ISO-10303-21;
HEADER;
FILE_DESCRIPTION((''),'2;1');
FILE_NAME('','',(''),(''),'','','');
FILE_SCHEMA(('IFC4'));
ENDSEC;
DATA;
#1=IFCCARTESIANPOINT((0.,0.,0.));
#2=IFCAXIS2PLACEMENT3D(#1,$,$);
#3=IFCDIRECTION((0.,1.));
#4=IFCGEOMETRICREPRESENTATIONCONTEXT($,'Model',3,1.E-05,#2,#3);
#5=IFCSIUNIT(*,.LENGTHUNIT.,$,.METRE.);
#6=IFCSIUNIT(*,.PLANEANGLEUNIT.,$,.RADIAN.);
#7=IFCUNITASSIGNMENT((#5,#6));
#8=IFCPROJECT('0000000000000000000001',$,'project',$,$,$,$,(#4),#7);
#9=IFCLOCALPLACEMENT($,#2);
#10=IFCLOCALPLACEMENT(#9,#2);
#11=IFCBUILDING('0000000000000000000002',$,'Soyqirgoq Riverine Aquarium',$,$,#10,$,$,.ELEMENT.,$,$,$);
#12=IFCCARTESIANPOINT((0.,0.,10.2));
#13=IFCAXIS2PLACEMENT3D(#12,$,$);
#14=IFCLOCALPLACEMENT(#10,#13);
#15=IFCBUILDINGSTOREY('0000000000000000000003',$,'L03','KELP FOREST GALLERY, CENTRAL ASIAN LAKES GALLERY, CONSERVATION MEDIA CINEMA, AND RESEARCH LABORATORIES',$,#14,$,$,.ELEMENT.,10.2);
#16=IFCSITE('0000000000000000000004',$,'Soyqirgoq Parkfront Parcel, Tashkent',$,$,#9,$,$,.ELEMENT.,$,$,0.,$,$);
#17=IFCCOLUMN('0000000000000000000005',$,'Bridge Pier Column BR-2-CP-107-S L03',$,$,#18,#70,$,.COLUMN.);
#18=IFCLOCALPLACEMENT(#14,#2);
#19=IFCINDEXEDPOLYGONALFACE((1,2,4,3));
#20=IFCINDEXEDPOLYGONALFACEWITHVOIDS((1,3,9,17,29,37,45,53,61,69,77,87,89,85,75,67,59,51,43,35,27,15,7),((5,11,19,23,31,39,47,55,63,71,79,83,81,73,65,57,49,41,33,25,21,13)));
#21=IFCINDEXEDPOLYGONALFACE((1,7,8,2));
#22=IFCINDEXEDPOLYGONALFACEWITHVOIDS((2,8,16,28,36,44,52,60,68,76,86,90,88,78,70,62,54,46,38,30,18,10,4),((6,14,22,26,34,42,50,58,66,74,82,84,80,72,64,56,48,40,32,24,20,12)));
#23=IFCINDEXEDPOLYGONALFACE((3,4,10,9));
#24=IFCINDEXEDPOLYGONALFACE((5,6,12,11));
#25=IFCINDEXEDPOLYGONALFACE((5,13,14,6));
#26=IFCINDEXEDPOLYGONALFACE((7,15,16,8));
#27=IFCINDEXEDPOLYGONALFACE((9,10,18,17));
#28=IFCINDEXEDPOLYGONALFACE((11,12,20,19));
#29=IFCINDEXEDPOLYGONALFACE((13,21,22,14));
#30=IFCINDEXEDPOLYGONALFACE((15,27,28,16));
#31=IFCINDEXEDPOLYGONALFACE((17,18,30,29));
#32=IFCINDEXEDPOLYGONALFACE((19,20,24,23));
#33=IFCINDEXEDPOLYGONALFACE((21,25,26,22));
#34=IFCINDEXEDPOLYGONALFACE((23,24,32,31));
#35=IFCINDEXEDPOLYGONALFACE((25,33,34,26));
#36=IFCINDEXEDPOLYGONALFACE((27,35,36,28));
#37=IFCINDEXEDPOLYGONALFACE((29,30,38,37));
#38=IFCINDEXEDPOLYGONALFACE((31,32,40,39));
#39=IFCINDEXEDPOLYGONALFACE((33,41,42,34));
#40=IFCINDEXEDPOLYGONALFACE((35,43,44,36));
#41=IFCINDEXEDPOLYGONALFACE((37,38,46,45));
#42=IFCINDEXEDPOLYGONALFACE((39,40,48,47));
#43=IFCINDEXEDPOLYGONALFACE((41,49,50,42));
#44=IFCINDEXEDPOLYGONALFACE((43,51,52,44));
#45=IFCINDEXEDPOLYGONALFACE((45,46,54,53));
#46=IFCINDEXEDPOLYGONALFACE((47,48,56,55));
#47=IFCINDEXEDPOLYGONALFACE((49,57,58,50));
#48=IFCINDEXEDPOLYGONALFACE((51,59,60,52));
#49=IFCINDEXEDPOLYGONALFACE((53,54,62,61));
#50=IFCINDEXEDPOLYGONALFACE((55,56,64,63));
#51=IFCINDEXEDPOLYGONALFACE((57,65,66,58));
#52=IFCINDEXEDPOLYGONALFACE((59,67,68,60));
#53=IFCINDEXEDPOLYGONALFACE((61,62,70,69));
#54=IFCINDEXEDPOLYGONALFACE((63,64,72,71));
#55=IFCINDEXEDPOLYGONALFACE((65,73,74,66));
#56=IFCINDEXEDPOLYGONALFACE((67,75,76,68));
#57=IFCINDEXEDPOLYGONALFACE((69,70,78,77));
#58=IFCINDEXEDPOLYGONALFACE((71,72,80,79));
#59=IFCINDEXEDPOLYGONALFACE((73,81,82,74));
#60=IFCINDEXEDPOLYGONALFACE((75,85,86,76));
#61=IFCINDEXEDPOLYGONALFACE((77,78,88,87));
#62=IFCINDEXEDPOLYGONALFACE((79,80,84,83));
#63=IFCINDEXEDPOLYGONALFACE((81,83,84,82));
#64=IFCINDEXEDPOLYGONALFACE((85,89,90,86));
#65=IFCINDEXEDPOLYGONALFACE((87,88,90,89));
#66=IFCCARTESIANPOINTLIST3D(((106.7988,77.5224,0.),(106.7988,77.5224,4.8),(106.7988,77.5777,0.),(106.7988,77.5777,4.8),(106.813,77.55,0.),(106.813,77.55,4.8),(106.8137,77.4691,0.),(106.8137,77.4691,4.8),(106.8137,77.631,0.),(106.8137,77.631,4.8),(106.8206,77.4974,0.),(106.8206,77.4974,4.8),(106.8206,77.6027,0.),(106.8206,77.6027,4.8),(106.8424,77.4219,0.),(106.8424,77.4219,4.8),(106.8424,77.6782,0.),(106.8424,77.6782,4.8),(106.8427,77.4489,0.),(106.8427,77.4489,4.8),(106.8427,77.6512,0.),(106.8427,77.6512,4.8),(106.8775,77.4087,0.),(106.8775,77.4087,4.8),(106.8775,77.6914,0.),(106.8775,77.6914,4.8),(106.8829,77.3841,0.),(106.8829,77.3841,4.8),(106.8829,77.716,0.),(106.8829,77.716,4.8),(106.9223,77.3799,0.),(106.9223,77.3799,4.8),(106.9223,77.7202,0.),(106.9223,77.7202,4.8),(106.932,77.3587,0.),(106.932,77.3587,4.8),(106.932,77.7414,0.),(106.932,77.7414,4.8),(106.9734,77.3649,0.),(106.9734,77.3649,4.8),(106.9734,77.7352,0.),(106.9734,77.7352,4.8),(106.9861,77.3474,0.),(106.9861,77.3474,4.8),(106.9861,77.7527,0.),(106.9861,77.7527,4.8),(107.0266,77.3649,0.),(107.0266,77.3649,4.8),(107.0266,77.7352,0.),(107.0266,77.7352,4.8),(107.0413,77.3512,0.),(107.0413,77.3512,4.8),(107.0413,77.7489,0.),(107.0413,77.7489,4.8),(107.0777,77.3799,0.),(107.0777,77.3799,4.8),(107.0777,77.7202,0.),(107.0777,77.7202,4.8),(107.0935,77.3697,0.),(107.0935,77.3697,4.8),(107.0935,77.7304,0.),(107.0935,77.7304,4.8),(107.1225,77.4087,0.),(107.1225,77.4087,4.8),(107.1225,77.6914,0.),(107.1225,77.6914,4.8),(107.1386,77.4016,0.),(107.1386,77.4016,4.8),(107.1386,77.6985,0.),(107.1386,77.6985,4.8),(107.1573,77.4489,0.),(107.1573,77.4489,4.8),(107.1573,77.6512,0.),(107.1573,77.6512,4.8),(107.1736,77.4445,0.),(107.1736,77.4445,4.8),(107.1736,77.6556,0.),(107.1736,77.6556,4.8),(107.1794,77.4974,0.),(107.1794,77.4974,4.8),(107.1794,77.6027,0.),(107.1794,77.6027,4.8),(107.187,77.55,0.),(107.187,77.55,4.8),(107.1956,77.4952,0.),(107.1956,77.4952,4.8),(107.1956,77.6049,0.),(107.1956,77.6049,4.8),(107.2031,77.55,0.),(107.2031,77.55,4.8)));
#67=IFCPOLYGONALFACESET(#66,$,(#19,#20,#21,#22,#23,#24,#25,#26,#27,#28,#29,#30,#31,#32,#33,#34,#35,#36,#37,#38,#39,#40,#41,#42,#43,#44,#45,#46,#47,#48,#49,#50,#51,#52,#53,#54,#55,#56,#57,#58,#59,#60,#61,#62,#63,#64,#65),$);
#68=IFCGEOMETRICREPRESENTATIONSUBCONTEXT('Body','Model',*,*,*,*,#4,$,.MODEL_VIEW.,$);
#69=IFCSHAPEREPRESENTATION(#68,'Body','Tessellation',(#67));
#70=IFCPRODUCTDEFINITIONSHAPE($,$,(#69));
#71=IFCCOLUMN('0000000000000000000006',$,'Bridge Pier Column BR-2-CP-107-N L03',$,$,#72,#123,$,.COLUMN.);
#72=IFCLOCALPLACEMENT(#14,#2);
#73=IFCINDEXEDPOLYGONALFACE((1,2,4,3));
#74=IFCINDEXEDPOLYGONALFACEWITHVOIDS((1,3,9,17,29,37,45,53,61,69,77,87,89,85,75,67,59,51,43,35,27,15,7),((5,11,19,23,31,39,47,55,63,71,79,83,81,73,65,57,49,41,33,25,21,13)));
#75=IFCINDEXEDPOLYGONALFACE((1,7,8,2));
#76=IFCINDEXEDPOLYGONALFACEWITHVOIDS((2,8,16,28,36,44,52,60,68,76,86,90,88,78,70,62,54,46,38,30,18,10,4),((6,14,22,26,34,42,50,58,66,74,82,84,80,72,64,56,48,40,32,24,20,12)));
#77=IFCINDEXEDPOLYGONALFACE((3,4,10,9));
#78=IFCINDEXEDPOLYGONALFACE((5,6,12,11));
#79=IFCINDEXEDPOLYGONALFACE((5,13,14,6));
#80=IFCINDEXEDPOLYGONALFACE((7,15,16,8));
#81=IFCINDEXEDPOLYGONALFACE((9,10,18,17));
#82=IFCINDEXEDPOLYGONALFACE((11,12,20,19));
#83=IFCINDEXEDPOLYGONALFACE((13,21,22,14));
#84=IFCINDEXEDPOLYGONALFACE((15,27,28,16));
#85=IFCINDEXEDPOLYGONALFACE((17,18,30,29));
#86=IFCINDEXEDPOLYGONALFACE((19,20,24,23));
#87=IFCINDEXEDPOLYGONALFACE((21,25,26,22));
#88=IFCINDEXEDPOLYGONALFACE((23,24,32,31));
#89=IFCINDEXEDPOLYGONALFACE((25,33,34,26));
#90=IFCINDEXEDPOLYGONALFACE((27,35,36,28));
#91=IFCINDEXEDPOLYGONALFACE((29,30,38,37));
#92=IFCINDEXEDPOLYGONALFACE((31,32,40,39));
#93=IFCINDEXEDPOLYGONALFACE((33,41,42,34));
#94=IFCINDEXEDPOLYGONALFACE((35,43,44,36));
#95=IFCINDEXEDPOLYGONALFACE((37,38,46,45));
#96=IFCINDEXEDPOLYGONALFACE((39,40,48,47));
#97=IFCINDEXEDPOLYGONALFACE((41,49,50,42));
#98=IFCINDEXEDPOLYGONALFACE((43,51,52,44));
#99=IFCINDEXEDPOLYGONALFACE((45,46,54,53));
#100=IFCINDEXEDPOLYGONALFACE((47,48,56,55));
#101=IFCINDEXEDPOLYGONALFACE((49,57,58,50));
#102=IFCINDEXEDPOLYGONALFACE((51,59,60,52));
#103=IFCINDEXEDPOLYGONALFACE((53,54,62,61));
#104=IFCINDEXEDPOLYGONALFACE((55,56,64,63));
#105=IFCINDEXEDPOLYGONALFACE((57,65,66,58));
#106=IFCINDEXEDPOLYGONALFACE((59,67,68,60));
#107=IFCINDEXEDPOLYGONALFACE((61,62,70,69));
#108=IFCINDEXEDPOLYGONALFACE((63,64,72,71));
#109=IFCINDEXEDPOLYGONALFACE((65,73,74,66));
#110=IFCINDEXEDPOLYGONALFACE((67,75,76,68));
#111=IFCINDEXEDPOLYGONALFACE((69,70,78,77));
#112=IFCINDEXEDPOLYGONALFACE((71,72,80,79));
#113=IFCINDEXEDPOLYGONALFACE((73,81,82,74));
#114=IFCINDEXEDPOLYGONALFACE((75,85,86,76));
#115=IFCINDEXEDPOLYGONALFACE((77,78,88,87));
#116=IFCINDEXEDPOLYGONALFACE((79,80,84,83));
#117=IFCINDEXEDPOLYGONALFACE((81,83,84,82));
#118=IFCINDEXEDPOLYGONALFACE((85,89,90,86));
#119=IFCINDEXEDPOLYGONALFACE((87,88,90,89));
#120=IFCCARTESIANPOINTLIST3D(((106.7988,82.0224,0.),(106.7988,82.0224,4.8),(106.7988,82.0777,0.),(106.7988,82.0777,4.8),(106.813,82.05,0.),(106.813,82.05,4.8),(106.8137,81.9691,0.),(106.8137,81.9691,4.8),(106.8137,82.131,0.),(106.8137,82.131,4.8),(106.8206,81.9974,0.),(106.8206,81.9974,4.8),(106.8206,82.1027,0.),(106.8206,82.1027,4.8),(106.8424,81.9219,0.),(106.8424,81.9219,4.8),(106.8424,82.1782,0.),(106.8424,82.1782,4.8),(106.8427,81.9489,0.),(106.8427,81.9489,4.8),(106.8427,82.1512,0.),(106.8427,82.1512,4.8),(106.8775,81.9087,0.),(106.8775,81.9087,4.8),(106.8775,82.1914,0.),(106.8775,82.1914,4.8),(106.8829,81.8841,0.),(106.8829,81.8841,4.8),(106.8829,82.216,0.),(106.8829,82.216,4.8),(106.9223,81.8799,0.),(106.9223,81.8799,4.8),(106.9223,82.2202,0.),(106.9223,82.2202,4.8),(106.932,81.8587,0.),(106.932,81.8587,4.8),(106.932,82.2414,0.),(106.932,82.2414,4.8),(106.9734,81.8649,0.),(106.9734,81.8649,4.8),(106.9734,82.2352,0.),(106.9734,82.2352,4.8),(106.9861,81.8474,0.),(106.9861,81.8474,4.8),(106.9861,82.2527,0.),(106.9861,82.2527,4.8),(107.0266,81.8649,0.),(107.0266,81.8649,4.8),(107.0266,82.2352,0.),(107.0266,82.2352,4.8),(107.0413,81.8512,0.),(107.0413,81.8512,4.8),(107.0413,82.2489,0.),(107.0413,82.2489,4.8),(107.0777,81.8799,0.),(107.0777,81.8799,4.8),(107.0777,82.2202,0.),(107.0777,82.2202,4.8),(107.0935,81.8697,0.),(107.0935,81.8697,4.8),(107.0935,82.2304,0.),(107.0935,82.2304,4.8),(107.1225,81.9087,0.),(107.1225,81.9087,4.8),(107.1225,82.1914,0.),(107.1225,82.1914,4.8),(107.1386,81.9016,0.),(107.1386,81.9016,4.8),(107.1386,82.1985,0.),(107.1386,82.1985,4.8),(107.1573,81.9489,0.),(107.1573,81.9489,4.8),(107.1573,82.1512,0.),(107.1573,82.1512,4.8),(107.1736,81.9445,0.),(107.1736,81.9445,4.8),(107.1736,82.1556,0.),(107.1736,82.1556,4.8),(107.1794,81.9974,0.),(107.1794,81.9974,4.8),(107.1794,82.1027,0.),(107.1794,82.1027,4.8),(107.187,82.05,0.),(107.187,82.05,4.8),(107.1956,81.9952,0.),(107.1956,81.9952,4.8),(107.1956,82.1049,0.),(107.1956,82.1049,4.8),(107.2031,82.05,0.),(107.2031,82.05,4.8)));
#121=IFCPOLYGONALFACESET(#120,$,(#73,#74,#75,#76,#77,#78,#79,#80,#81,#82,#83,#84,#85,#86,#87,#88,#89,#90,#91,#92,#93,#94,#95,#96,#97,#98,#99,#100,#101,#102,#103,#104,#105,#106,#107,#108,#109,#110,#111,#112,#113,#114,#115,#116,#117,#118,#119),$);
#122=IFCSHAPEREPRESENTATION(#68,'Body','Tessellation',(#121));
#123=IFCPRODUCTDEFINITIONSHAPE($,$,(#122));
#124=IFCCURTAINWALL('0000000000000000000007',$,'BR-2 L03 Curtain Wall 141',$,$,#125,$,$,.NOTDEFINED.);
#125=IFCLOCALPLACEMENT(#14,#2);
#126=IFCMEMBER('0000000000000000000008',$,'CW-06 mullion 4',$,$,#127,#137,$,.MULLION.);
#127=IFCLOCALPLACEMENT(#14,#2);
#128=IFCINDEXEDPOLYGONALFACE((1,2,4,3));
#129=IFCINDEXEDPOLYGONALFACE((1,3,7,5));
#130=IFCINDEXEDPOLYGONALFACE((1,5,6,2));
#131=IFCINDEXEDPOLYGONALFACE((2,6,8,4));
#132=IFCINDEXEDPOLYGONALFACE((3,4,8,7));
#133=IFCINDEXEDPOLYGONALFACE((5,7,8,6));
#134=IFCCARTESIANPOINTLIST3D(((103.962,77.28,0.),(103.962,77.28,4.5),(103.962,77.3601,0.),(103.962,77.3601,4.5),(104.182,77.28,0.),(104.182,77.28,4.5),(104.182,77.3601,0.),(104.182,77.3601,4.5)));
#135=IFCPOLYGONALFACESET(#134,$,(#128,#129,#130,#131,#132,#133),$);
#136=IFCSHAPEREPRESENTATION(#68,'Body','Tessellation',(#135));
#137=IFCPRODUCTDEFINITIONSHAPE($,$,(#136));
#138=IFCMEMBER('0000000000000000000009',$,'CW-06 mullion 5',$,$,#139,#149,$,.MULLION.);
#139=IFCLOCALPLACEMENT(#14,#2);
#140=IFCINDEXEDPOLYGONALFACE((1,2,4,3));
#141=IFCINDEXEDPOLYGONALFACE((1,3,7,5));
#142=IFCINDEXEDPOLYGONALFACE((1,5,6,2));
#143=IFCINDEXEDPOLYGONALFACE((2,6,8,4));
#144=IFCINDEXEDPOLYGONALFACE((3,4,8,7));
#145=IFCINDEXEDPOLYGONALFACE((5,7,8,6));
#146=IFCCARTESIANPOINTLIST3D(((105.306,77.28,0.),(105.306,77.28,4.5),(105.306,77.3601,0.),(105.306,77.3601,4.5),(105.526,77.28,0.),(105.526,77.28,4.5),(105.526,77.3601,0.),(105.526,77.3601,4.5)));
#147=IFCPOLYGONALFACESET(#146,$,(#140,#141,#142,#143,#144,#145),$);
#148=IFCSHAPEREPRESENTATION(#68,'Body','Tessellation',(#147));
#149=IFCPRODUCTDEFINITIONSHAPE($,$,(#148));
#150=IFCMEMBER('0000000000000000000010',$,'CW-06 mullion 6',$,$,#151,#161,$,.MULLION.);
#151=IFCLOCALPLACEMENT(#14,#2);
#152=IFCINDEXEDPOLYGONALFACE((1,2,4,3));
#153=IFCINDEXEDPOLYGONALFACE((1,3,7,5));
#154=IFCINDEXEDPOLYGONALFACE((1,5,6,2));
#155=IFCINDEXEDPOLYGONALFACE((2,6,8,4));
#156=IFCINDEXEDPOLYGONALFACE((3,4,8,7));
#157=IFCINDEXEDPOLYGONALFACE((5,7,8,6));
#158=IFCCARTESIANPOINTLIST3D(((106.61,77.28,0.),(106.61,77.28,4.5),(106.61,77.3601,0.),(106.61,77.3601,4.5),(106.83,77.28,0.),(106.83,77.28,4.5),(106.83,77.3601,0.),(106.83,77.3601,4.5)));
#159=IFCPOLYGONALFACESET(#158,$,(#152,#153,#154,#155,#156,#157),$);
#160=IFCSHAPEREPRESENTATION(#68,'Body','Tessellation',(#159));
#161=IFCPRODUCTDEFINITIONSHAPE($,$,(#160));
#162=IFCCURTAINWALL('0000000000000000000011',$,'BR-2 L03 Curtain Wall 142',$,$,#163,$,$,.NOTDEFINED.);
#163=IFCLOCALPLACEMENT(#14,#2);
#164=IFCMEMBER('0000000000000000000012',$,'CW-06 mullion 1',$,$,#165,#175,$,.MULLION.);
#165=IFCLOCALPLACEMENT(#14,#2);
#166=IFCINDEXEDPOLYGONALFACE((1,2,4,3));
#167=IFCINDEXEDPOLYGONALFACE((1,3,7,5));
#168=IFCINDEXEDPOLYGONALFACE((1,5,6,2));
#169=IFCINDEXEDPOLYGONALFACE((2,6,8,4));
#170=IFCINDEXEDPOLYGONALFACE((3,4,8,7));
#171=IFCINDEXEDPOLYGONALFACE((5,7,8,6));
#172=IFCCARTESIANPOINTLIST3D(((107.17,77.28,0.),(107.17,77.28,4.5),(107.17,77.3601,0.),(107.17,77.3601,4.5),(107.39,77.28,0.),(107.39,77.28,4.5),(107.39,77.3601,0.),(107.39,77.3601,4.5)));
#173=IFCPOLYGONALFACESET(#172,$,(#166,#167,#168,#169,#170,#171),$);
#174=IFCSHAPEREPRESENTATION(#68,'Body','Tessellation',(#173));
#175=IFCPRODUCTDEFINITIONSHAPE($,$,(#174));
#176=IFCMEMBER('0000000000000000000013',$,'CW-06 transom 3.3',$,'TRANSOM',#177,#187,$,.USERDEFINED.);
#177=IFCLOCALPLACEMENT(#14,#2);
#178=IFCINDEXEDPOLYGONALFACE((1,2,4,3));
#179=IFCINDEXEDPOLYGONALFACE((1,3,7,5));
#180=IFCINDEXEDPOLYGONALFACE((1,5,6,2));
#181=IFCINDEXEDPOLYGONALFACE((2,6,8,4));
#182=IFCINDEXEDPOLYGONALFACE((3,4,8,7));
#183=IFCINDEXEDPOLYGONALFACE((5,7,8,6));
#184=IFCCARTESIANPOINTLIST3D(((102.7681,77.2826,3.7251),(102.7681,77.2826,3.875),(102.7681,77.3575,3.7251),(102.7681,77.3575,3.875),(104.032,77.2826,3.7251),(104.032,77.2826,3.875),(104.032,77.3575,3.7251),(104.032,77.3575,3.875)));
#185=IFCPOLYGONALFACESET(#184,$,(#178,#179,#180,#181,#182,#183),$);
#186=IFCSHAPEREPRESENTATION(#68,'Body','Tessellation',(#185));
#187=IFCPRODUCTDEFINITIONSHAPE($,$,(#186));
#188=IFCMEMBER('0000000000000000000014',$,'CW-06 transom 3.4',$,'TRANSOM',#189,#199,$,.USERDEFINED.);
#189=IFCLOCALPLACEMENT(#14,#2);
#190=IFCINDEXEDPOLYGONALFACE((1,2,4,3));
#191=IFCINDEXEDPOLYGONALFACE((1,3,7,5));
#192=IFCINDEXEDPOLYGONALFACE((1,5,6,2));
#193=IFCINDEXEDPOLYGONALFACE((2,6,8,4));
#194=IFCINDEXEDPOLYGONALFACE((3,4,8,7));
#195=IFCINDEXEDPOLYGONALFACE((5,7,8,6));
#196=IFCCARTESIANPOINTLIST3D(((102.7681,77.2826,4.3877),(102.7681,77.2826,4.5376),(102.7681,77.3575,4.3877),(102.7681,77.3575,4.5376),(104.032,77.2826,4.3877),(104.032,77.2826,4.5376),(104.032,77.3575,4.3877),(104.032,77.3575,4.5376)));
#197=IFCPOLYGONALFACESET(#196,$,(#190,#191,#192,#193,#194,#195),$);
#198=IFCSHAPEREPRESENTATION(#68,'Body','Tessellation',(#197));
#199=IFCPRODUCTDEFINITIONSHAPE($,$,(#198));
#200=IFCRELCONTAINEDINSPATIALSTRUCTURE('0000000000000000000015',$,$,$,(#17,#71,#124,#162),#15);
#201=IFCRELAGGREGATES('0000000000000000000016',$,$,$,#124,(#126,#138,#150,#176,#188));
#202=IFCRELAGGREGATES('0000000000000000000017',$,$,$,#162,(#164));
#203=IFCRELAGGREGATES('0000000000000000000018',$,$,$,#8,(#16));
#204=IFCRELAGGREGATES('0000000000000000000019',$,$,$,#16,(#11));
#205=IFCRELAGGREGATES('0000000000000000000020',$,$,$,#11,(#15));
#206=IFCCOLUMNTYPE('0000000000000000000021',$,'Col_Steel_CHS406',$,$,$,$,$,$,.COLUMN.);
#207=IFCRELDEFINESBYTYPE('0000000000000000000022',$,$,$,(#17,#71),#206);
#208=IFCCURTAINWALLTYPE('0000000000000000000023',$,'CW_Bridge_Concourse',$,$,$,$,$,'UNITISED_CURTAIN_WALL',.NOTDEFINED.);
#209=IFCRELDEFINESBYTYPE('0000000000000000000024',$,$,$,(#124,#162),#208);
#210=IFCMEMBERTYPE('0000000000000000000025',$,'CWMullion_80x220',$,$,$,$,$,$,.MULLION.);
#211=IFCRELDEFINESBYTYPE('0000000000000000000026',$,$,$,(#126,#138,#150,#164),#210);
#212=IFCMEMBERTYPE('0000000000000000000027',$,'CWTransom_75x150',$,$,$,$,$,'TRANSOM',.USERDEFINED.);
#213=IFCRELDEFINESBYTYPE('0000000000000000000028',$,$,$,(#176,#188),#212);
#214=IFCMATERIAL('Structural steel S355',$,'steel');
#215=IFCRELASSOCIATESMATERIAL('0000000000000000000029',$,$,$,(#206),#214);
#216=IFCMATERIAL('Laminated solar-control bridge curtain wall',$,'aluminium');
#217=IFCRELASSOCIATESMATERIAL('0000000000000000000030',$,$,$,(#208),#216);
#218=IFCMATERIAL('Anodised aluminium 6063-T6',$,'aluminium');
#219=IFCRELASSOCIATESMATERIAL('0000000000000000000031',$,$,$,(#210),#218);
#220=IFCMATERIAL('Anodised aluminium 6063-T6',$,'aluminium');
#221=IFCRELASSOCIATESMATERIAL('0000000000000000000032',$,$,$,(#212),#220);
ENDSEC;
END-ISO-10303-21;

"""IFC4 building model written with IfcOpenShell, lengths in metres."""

from ifc_helpers import new_model, si_unit, direction, frame, origin, origin_2d, place, context, subcontext, project, spatial, rectangle, hollow_circle, extrude, material, material_profile, profile_set, type_object, element, aggregate, save


model = new_model("IFC4")

# Units and contexts
model_context = context("Model", 3, precision=1e-05, world=origin(), true_north=direction((0.0, 1.0)))
body_context = subcontext(model_context, "Body", "Model", "MODEL_VIEW")
ifc_project = project(units=[si_unit("LENGTHUNIT", "METRE"), si_unit("PLANEANGLEUNIT", "RADIAN")], contexts=[model_context])

# Site, building, storey
site_placement = place(None, origin())
site = spatial("IfcSite", under=ifc_project, at=site_placement, Name="Soyqirgoq Parkfront Parcel, Tashkent", CompositionType="ELEMENT", RefElevation=0.0)
building_placement = place(site_placement, origin())
building = spatial("IfcBuilding", under=site, at=building_placement, Name="Soyqirgoq Riverine Aquarium", CompositionType="ELEMENT")
storey_placement = place(building_placement, frame((0.0, 0.0, 10.2)))
storey = spatial("IfcBuildingStorey", under=building, at=storey_placement, Name="L03", Description="KELP FOREST GALLERY, CENTRAL ASIAN LAKES GALLERY, CONSERVATION MEDIA CINEMA, AND RESEARCH LABORATORIES", CompositionType="ELEMENT", Elevation=10.2)

# Columns
ifc_material_1 = material(Name="Structural steel S355", Category="steel")
ifc_material_profile_1 = material_profile(ifc_material_1, hollow_circle(Radius=0.2031, WallThickness=0.0161, at=origin_2d()), Name="CHS 406.4x16")
ifc_profile_set_1 = profile_set([ifc_material_profile_1], Name="Structural steel S355")
column_type = type_object("IfcColumnType", Name="Col_Steel_CHS406", PredefinedType="COLUMN", material=ifc_profile_set_1)
for number, where, z_axis, x_axis, name in (
    (1, (107.0, 77.55, 0.0), (0.0, 0.0, 1.0), (1.0, 0.0, 0.0), "Bridge Pier Column BR-2-CP-107-S L03"),
    (2, (107.0, 82.05, 0.0), (0.0, 0.0, 1.0), (1.0, 0.0, 0.0), "Bridge Pier Column BR-2-CP-107-N L03"),
):
    element("IfcColumn", number, at=place(storey_placement, frame(where, z_axis=z_axis, x_axis=x_axis)), inside=storey, type_object=column_type, Name=name, PredefinedType="COLUMN", context=body_context, shape_type="SweptSolid", body=[
        extrude(hollow_circle(Radius=0.2031, WallThickness=0.0161, at=origin_2d()), origin(), (0.0, 0.0, 1.0), 4.8),
    ])

# Curtain wall, members
ifc_material_2 = material(Name="Laminated solar-control bridge curtain wall", Category="aluminium")
curtain_wall_type = type_object("IfcCurtainWallType", Name="CW_Bridge_Concourse", ElementType="UNITISED_CURTAIN_WALL", PredefinedType="NOTDEFINED", material=ifc_material_2)
curtain_wall_1_placement = place(storey_placement, origin())
curtain_wall_1 = element("IfcCurtainWall", 3, at=curtain_wall_1_placement, inside=storey, type_object=curtain_wall_type, Name="BR-2 L03 Curtain Wall 141", PredefinedType="NOTDEFINED")
ifc_material_3 = material(Name="Anodised aluminium 6063-T6", Category="aluminium")
ifc_material_profile_2 = material_profile(ifc_material_3, rectangle(XDim=0.0801, YDim=0.22, at=origin_2d()), Name="ALU-M 80x220")
ifc_profile_set_2 = profile_set([ifc_material_profile_2], Name="Anodised aluminium 6063-T6")
member_type_1 = type_object("IfcMemberType", Name="CWMullion_80x220", PredefinedType="MULLION", material=ifc_profile_set_2)
member_1_placement = place(storey_placement, frame((104.072, 77.3201, 0.0), z_axis=(0.0, 0.0, 1.0), x_axis=(0.0, 1.0, 0.0)))
member_1 = element("IfcMember", 4, at=member_1_placement, type_object=member_type_1, Name="CW-06 mullion 4", PredefinedType="MULLION", context=body_context, shape_type="SweptSolid", body=[
    extrude(rectangle(XDim=0.0801, YDim=0.22, at=origin_2d()), origin(), (0.0, 0.0, 1.0), 4.5),
])
member_2_placement = place(storey_placement, frame((105.416, 77.3201, 0.0), z_axis=(0.0, 0.0, 1.0), x_axis=(0.0, 1.0, 0.0)))
member_2 = element("IfcMember", 5, at=member_2_placement, type_object=member_type_1, Name="CW-06 mullion 5", PredefinedType="MULLION", context=body_context, shape_type="SweptSolid", body=[
    extrude(rectangle(XDim=0.0801, YDim=0.22, at=origin_2d()), origin(), (0.0, 0.0, 1.0), 4.5),
])
member_3_placement = place(storey_placement, frame((106.72, 77.3201, 0.0), z_axis=(0.0, 0.0, 1.0), x_axis=(0.0, 1.0, 0.0)))
member_3 = element("IfcMember", 6, at=member_3_placement, type_object=member_type_1, Name="CW-06 mullion 6", PredefinedType="MULLION", context=body_context, shape_type="SweptSolid", body=[
    extrude(rectangle(XDim=0.0801, YDim=0.22, at=origin_2d()), origin(), (0.0, 0.0, 1.0), 4.5),
])

# Curtain wall, member
curtain_wall_2_placement = place(storey_placement, origin())
curtain_wall_2 = element("IfcCurtainWall", 7, at=curtain_wall_2_placement, inside=storey, type_object=curtain_wall_type, Name="BR-2 L03 Curtain Wall 142", PredefinedType="NOTDEFINED")
member_4_placement = place(storey_placement, frame((107.28, 77.3201, 0.0), z_axis=(0.0, 0.0, 1.0), x_axis=(0.0, 1.0, 0.0)))
member_4 = element("IfcMember", 8, at=member_4_placement, type_object=member_type_1, Name="CW-06 mullion 1", PredefinedType="MULLION", context=body_context, shape_type="SweptSolid", body=[
    extrude(rectangle(XDim=0.0801, YDim=0.22, at=origin_2d()), origin(), (0.0, 0.0, 1.0), 4.5),
])

# Members
ifc_material_4 = material(Name="Anodised aluminium 6063-T6", Category="aluminium")
ifc_material_profile_3 = material_profile(ifc_material_4, rectangle(XDim=0.075, YDim=0.1499, at=origin_2d()), Name="ALU-T 75x150")
ifc_profile_set_3 = profile_set([ifc_material_profile_3], Name="Anodised aluminium 6063-T6")
member_type_2 = type_object("IfcMemberType", Name="CWTransom_75x150", ElementType="TRANSOM", PredefinedType="USERDEFINED", material=ifc_profile_set_3)
member_5_placement = place(storey_placement, frame((102.7681, 77.3201, 3.8), z_axis=(1.0, 0.0, 0.0), x_axis=(0.0, 1.0, 0.0)))
member_5 = element("IfcMember", 9, at=member_5_placement, type_object=member_type_2, Name="CW-06 transom 3.3", ObjectType="TRANSOM", PredefinedType="USERDEFINED", context=body_context, shape_type="SweptSolid", body=[
    extrude(rectangle(XDim=0.075, YDim=0.1499, at=origin_2d()), origin(), (0.0, 0.0, 1.0), 1.2639),
])
member_6_placement = place(storey_placement, frame((102.7681, 77.3201, 4.4626), z_axis=(1.0, 0.0, 0.0), x_axis=(0.0, 1.0, 0.0)))
member_6 = element("IfcMember", 10, at=member_6_placement, type_object=member_type_2, Name="CW-06 transom 3.4", ObjectType="TRANSOM", PredefinedType="USERDEFINED", context=body_context, shape_type="SweptSolid", body=[
    extrude(rectangle(XDim=0.075, YDim=0.1499, at=origin_2d()), origin(), (0.0, 0.0, 1.0), 1.2639),
])

aggregate(curtain_wall_1, [member_1, member_2, member_3, member_5, member_6])
aggregate(curtain_wall_2, [member_4])

save(model, "model.ifc")
